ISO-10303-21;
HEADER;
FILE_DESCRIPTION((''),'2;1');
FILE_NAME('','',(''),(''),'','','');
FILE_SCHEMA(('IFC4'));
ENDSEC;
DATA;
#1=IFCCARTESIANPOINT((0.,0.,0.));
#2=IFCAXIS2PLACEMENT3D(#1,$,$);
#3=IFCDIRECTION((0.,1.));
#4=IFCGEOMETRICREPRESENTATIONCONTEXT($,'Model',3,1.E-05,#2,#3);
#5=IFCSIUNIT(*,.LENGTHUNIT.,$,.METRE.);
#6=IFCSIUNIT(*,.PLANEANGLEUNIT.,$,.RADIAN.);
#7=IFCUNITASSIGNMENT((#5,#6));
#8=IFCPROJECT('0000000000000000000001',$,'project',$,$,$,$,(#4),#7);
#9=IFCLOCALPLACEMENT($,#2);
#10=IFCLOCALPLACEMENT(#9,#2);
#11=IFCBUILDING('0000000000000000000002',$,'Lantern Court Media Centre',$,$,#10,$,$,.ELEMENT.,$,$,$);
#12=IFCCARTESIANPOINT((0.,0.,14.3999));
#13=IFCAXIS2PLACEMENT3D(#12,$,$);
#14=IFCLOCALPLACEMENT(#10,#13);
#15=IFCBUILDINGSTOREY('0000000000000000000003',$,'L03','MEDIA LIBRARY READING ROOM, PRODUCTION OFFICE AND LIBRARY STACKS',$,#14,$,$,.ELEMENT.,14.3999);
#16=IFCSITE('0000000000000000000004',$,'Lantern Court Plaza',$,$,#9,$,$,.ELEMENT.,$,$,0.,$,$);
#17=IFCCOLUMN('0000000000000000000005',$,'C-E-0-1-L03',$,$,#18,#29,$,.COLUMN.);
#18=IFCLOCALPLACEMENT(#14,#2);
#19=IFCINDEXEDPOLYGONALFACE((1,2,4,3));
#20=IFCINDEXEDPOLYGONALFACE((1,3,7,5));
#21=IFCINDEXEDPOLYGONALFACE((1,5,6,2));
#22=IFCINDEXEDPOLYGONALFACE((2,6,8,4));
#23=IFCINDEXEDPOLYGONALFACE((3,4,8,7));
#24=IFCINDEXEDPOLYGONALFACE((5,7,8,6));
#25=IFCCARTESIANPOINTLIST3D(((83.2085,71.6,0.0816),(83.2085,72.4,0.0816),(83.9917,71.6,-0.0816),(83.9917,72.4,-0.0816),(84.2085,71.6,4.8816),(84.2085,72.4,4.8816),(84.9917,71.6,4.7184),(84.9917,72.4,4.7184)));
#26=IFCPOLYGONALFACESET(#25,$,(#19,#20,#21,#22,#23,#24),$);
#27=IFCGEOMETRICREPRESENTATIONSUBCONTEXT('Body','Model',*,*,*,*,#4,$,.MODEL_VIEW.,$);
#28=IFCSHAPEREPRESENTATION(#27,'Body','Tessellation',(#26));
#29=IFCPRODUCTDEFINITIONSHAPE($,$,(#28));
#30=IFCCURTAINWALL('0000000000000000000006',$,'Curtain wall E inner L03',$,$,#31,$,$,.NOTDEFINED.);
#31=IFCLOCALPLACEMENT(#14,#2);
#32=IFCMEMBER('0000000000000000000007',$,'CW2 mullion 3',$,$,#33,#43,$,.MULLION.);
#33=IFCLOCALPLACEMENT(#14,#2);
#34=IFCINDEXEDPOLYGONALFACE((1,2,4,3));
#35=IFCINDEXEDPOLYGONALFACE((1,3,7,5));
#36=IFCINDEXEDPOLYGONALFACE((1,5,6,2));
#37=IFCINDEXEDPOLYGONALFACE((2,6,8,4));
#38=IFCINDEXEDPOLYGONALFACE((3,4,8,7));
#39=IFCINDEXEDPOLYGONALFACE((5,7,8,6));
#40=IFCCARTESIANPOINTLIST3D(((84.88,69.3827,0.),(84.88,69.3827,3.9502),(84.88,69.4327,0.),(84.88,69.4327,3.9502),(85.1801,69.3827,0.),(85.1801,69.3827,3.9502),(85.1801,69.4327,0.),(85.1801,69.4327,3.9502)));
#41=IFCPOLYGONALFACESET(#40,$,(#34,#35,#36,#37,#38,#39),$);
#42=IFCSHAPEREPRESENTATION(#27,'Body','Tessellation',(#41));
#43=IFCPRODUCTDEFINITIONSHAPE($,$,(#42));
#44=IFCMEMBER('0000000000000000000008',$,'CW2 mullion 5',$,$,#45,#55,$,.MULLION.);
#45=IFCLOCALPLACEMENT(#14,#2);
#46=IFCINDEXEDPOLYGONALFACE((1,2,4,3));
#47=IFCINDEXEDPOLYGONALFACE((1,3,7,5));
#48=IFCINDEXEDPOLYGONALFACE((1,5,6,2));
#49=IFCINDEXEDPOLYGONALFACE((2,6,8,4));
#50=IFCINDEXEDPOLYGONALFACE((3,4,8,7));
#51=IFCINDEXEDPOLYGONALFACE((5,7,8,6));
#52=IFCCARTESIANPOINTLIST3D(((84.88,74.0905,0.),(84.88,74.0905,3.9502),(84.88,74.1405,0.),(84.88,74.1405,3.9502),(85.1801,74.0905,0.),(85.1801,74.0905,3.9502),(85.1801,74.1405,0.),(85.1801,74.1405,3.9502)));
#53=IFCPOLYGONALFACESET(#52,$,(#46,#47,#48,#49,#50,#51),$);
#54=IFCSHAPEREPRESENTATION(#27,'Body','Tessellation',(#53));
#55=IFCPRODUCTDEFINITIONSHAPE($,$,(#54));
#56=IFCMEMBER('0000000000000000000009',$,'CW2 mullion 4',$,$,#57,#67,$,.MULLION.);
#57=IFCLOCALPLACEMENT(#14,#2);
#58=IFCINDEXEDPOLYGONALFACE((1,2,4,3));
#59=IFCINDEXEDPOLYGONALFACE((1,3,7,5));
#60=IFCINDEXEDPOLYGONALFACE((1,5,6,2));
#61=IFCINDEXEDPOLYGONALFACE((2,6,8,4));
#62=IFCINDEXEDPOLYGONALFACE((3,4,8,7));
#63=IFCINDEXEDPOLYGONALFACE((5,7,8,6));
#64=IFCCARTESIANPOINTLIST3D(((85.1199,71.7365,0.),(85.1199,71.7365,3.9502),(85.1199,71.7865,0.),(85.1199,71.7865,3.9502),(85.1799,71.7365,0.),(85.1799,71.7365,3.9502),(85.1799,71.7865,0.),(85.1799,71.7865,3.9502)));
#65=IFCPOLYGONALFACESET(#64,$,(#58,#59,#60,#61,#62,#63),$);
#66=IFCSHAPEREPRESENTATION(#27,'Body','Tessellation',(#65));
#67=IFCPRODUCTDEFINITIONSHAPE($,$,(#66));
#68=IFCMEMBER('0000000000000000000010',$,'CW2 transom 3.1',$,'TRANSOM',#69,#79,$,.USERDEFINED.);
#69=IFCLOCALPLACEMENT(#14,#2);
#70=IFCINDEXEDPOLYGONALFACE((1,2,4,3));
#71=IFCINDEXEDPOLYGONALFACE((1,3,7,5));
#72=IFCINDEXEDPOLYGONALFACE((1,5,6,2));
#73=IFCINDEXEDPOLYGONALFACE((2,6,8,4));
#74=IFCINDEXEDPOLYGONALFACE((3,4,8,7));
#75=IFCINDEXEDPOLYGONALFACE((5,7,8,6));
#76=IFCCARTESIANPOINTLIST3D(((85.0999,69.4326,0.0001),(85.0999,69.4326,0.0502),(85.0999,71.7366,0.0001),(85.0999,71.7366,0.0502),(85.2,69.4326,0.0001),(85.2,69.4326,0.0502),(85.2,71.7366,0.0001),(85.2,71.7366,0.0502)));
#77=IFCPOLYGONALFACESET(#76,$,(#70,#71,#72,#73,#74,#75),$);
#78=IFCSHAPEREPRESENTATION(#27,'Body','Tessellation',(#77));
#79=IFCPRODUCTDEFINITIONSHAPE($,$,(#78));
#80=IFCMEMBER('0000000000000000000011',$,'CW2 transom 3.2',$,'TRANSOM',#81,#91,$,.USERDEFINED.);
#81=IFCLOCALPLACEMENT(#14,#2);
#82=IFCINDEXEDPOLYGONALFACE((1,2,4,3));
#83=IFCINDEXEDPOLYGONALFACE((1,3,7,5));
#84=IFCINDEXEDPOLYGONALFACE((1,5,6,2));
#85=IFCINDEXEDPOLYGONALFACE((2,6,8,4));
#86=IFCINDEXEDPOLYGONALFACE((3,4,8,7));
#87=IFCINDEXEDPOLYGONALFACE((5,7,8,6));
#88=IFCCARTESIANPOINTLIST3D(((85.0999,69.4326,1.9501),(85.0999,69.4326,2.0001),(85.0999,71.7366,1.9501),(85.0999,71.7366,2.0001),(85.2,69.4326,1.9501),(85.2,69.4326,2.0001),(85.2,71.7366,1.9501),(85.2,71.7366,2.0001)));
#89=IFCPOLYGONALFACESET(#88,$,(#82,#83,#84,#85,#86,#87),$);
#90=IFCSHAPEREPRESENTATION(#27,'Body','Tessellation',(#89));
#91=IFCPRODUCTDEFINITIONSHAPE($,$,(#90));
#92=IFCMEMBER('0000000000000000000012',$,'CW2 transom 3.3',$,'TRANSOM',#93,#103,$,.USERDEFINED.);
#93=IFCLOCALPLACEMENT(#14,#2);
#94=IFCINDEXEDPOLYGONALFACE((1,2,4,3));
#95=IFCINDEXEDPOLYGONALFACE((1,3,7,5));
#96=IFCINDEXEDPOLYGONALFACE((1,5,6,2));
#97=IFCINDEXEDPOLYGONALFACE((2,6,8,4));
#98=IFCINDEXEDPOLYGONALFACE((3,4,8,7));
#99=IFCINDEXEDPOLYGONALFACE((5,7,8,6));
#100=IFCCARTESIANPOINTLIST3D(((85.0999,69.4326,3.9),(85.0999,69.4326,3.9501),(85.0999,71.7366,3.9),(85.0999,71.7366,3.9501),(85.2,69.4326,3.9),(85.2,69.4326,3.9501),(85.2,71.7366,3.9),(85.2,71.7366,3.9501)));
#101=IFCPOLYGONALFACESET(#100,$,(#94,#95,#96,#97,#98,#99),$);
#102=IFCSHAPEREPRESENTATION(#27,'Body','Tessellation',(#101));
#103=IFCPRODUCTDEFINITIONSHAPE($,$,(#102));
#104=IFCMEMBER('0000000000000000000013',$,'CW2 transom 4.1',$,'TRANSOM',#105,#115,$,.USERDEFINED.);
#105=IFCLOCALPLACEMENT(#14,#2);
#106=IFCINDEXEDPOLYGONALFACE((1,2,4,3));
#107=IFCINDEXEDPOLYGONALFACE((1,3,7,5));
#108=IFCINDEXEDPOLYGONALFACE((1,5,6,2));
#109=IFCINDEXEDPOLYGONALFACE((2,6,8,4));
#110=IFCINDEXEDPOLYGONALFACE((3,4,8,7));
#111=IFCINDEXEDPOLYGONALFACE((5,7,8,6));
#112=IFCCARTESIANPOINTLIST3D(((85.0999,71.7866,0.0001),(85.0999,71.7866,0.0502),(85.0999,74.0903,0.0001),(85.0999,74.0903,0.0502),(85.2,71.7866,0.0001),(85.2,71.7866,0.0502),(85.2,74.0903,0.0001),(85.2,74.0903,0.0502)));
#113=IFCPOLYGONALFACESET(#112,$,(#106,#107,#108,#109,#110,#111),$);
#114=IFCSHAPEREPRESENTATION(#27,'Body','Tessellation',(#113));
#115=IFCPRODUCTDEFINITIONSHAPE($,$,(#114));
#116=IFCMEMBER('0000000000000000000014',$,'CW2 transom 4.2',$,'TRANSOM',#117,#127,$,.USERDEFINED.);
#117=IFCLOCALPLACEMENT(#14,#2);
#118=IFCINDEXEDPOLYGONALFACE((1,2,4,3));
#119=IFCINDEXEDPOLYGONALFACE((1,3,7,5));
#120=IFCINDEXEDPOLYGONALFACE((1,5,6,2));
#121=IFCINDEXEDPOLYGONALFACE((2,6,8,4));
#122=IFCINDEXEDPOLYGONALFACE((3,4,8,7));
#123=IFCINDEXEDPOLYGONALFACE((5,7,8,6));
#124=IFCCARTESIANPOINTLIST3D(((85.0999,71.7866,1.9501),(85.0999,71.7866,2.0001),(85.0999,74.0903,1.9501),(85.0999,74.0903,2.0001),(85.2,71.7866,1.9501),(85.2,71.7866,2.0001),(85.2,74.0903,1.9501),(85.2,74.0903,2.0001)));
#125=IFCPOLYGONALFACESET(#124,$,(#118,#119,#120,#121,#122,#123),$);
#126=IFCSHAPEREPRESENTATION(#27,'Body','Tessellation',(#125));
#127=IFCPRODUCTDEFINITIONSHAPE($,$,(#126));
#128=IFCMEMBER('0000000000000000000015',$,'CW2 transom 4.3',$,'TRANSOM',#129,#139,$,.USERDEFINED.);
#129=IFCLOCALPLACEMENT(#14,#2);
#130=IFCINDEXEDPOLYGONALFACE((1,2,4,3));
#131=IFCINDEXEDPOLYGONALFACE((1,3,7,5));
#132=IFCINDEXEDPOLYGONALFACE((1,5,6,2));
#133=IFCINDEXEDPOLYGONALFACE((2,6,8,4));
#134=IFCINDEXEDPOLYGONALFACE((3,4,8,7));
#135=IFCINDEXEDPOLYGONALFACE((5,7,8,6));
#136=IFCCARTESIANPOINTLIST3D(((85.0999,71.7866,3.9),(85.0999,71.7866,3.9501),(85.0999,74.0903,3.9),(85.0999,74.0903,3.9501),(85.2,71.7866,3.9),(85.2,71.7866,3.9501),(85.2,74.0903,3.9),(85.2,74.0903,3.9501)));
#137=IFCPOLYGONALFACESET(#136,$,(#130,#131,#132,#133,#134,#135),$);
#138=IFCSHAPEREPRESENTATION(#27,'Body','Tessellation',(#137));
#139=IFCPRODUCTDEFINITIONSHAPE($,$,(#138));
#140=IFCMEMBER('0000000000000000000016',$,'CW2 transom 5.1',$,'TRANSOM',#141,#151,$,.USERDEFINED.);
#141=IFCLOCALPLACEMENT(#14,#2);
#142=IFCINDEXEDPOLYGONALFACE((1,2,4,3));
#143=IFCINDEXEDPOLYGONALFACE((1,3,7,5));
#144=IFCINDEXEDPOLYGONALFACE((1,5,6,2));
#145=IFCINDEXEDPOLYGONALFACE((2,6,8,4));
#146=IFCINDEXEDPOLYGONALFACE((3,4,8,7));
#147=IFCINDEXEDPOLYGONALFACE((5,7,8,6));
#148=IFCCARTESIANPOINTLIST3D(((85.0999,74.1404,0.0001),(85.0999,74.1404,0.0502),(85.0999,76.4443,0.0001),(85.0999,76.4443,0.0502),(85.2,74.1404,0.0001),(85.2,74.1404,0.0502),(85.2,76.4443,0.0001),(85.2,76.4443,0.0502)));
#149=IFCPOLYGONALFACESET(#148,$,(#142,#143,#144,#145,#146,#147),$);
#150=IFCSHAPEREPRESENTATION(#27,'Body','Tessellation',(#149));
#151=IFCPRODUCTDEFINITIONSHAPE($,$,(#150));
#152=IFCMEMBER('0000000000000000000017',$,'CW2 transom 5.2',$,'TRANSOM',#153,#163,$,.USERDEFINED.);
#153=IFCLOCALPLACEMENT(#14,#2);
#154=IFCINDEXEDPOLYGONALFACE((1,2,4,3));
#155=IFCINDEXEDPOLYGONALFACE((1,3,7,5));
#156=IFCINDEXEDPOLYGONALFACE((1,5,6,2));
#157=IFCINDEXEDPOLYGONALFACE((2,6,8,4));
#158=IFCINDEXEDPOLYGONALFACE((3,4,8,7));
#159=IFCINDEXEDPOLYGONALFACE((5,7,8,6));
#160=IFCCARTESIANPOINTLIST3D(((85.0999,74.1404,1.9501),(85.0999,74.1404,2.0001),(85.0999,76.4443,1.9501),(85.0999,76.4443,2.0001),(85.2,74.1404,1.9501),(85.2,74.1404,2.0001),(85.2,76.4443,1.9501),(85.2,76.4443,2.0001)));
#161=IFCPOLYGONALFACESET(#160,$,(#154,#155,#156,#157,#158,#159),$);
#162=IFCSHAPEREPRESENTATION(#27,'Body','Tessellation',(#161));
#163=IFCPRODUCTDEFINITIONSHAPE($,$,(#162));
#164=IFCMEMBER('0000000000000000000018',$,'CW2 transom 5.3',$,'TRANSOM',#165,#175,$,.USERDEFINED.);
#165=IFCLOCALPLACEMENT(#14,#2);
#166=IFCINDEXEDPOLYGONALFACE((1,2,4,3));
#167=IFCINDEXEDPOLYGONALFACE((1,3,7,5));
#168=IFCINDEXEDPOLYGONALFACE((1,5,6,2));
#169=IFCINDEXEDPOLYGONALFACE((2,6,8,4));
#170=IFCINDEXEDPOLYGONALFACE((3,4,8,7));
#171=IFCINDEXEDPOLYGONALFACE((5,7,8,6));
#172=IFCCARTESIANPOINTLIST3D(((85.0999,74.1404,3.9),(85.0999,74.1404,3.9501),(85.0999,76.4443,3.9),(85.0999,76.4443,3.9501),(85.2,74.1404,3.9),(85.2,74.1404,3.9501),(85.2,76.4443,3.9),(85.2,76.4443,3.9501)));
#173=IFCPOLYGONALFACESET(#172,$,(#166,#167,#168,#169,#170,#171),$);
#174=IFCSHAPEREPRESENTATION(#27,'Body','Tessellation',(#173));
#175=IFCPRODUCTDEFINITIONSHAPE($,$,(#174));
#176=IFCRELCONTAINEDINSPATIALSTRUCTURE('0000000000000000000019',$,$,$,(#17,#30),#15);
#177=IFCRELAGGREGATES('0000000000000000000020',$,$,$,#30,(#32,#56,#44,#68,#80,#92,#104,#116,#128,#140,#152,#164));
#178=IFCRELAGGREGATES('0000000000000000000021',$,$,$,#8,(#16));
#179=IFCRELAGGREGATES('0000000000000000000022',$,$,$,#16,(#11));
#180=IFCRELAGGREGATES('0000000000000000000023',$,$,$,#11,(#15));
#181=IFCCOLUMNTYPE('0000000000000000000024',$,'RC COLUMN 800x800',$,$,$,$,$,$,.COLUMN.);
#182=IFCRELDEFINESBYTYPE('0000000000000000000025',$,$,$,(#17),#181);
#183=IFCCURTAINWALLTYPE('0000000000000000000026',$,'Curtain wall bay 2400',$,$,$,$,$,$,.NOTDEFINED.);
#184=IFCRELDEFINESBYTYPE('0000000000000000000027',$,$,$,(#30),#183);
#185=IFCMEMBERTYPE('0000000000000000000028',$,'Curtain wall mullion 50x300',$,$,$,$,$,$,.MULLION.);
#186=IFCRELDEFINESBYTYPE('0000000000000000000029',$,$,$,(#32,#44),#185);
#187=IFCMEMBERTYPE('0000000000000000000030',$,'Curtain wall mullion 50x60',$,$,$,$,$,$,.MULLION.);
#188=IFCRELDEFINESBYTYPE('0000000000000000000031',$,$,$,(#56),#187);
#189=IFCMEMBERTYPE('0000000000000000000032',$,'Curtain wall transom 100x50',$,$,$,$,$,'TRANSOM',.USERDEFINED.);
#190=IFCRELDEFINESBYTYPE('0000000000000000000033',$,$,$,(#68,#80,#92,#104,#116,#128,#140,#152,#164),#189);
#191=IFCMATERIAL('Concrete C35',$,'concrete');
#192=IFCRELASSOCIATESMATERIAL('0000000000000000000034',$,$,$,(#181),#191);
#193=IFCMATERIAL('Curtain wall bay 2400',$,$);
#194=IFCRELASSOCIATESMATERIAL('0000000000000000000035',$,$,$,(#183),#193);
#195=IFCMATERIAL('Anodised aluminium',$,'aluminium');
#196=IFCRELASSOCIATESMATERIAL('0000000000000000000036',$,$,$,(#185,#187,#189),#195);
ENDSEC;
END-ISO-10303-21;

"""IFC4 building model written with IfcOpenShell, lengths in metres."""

from ifc_helpers import new_model, si_unit, direction, frame, origin, origin_2d, place, context, subcontext, project, spatial, rectangle, extrude, material, material_profile, profile_set, type_object, element, aggregate, save


model = new_model("IFC4")

# Units and contexts
model_context = context("Model", 3, precision=1e-05, world=origin(), true_north=direction((0.0, 1.0)))
body_context = subcontext(model_context, "Body", "Model", "MODEL_VIEW")
ifc_project = project(units=[si_unit("LENGTHUNIT", "METRE"), si_unit("PLANEANGLEUNIT", "RADIAN")], contexts=[model_context])

# Site, building, storey
site_placement = place(None, origin())
site = spatial("IfcSite", under=ifc_project, at=site_placement, Name="Lantern Court Plaza", CompositionType="ELEMENT", RefElevation=0.0)
building_placement = place(site_placement, origin())
building = spatial("IfcBuilding", under=site, at=building_placement, Name="Lantern Court Media Centre", CompositionType="ELEMENT")
storey_placement = place(building_placement, frame((0.0, 0.0, 14.3999)))
storey = spatial("IfcBuildingStorey", under=building, at=storey_placement, Name="L03", Description="MEDIA LIBRARY READING ROOM, PRODUCTION OFFICE AND LIBRARY STACKS", CompositionType="ELEMENT", Elevation=14.3999)

# Column
ifc_material_1 = material(Name="Concrete C35", Category="concrete")
ifc_material_profile_1 = material_profile(ifc_material_1, rectangle(XDim=0.8, YDim=0.8, at=origin_2d()), Name="RC 800x800")
ifc_profile_set_1 = profile_set([ifc_material_profile_1], Name="Concrete C35")
column_type = type_object("IfcColumnType", Name="RC COLUMN 800x800", PredefinedType="COLUMN", material=ifc_profile_set_1)
column_placement = place(storey_placement, frame((83.6001, 72.0, 0.0), z_axis=(0.203952, 0.0, 0.978981), x_axis=(0.0, 1.0, 0.0)))
element("IfcColumn", 1, at=column_placement, inside=storey, type_object=column_type, Name="C-E-0-1-L03", PredefinedType="COLUMN", context=body_context, shape_type="SweptSolid", body=[
    extrude(rectangle(XDim=0.8, YDim=0.8, at=origin_2d()), origin(), (0.0, 0.0, 1.0), 4.9031),
])

# Curtain wall, members
ifc_material_2 = material(Name="Curtain wall bay 2400")
curtain_wall_type = type_object("IfcCurtainWallType", Name="Curtain wall bay 2400", PredefinedType="NOTDEFINED", material=ifc_material_2)
curtain_wall_placement = place(storey_placement, origin())
curtain_wall = element("IfcCurtainWall", 2, at=curtain_wall_placement, inside=storey, type_object=curtain_wall_type, Name="Curtain wall E inner L03", PredefinedType="NOTDEFINED")
ifc_material_3 = material(Name="Anodised aluminium", Category="aluminium")
ifc_material_profile_2 = material_profile(ifc_material_3, rectangle(XDim=0.3, YDim=0.05, at=origin_2d()), Name="AL 50x300")
ifc_profile_set_2 = profile_set([ifc_material_profile_2], Name="Anodised aluminium")
member_type_1 = type_object("IfcMemberType", Name="Curtain wall mullion 50x300", PredefinedType="MULLION", material=ifc_profile_set_2)
member_1_placement = place(storey_placement, frame((85.03, 69.4077, 0.0), z_axis=(0.0, 0.0, 1.0), x_axis=(-1.0, 0.0, 0.0)))
member_1 = element("IfcMember", 3, at=member_1_placement, type_object=member_type_1, Name="CW2 mullion 3", PredefinedType="MULLION", context=body_context, shape_type="SweptSolid", body=[
    extrude(rectangle(XDim=0.3, YDim=0.05, at=origin_2d()), origin(), (0.0, 0.0, 1.0), 3.9502),
])
member_2_placement = place(storey_placement, frame((85.03, 74.1155, 0.0), z_axis=(0.0, 0.0, 1.0), x_axis=(-1.0, 0.0, 0.0)))
member_2 = element("IfcMember", 4, at=member_2_placement, type_object=member_type_1, Name="CW2 mullion 5", PredefinedType="MULLION", context=body_context, shape_type="SweptSolid", body=[
    extrude(rectangle(XDim=0.3, YDim=0.05, at=origin_2d()), origin(), (0.0, 0.0, 1.0), 3.9502),
])
ifc_material_profile_3 = material_profile(ifc_material_3, rectangle(XDim=0.0601, YDim=0.05, at=origin_2d()), Name="AL 50x60")
ifc_profile_set_3 = profile_set([ifc_material_profile_3], Name="Anodised aluminium")
member_type_2 = type_object("IfcMemberType", Name="Curtain wall mullion 50x60", PredefinedType="MULLION", material=ifc_profile_set_3)
member_3_placement = place(storey_placement, frame((85.1499, 71.7615, 0.0), z_axis=(0.0, 0.0, 1.0), x_axis=(-1.0, 0.0, 0.0)))
member_3 = element("IfcMember", 5, at=member_3_placement, type_object=member_type_2, Name="CW2 mullion 4", PredefinedType="MULLION", context=body_context, shape_type="SweptSolid", body=[
    extrude(rectangle(XDim=0.0601, YDim=0.05, at=origin_2d()), origin(), (0.0, 0.0, 1.0), 3.9502),
])
ifc_material_profile_4 = material_profile(ifc_material_3, rectangle(XDim=0.1001, YDim=0.05, at=origin_2d()), Name="AL 50x100")
ifc_profile_set_4 = profile_set([ifc_material_profile_4], Name="Anodised aluminium")
member_type_3 = type_object("IfcMemberType", Name="Curtain wall transom 100x50", ElementType="TRANSOM", PredefinedType="USERDEFINED", material=ifc_profile_set_4)
member_4_placement = place(storey_placement, frame((85.1499, 69.4326, 0.0251), z_axis=(0.0, 1.0, 0.0), x_axis=(-1.0, 0.0, 0.0)))
member_4 = element("IfcMember", 6, at=member_4_placement, type_object=member_type_3, Name="CW2 transom 3.1", ObjectType="TRANSOM", PredefinedType="USERDEFINED", context=body_context, shape_type="SweptSolid", body=[
    extrude(rectangle(XDim=0.1001, YDim=0.05, at=origin_2d()), origin(), (0.0, 0.0, 1.0), 2.304),
])
member_5_placement = place(storey_placement, frame((85.1499, 69.4326, 1.9751), z_axis=(0.0, 1.0, 0.0), x_axis=(-1.0, 0.0, 0.0)))
member_5 = element("IfcMember", 7, at=member_5_placement, type_object=member_type_3, Name="CW2 transom 3.2", ObjectType="TRANSOM", PredefinedType="USERDEFINED", context=body_context, shape_type="SweptSolid", body=[
    extrude(rectangle(XDim=0.1001, YDim=0.05, at=origin_2d()), origin(), (0.0, 0.0, 1.0), 2.304),
])
member_6_placement = place(storey_placement, frame((85.1499, 69.4326, 3.925), z_axis=(0.0, 1.0, 0.0), x_axis=(-1.0, 0.0, 0.0)))
member_6 = element("IfcMember", 8, at=member_6_placement, type_object=member_type_3, Name="CW2 transom 3.3", ObjectType="TRANSOM", PredefinedType="USERDEFINED", context=body_context, shape_type="SweptSolid", body=[
    extrude(rectangle(XDim=0.1001, YDim=0.05, at=origin_2d()), origin(), (0.0, 0.0, 1.0), 2.304),
])
member_7_placement = place(storey_placement, frame((85.1499, 71.7866, 0.0251), z_axis=(0.0, 1.0, 0.0), x_axis=(-1.0, 0.0, 0.0)))
member_7 = element("IfcMember", 9, at=member_7_placement, type_object=member_type_3, Name="CW2 transom 4.1", ObjectType="TRANSOM", PredefinedType="USERDEFINED", context=body_context, shape_type="SweptSolid", body=[
    extrude(rectangle(XDim=0.1001, YDim=0.05, at=origin_2d()), origin(), (0.0, 0.0, 1.0), 2.3037),
])
member_8_placement = place(storey_placement, frame((85.1499, 71.7866, 1.9751), z_axis=(0.0, 1.0, 0.0), x_axis=(-1.0, 0.0, 0.0)))
member_8 = element("IfcMember", 10, at=member_8_placement, type_object=member_type_3, Name="CW2 transom 4.2", ObjectType="TRANSOM", PredefinedType="USERDEFINED", context=body_context, shape_type="SweptSolid", body=[
    extrude(rectangle(XDim=0.1001, YDim=0.05, at=origin_2d()), origin(), (0.0, 0.0, 1.0), 2.3037),
])
member_9_placement = place(storey_placement, frame((85.1499, 71.7866, 3.925), z_axis=(0.0, 1.0, 0.0), x_axis=(-1.0, 0.0, 0.0)))
member_9 = element("IfcMember", 11, at=member_9_placement, type_object=member_type_3, Name="CW2 transom 4.3", ObjectType="TRANSOM", PredefinedType="USERDEFINED", context=body_context, shape_type="SweptSolid", body=[
    extrude(rectangle(XDim=0.1001, YDim=0.05, at=origin_2d()), origin(), (0.0, 0.0, 1.0), 2.3037),
])
member_10_placement = place(storey_placement, frame((85.1499, 74.1404, 0.0251), z_axis=(0.0, 1.0, 0.0), x_axis=(-1.0, 0.0, 0.0)))
member_10 = element("IfcMember", 12, at=member_10_placement, type_object=member_type_3, Name="CW2 transom 5.1", ObjectType="TRANSOM", PredefinedType="USERDEFINED", context=body_context, shape_type="SweptSolid", body=[
    extrude(rectangle(XDim=0.1001, YDim=0.05, at=origin_2d()), origin(), (0.0, 0.0, 1.0), 2.304),
])
member_11_placement = place(storey_placement, frame((85.1499, 74.1404, 1.9751), z_axis=(0.0, 1.0, 0.0), x_axis=(-1.0, 0.0, 0.0)))
member_11 = element("IfcMember", 13, at=member_11_placement, type_object=member_type_3, Name="CW2 transom 5.2", ObjectType="TRANSOM", PredefinedType="USERDEFINED", context=body_context, shape_type="SweptSolid", body=[
    extrude(rectangle(XDim=0.1001, YDim=0.05, at=origin_2d()), origin(), (0.0, 0.0, 1.0), 2.304),
])
member_12_placement = place(storey_placement, frame((85.1499, 74.1404, 3.925), z_axis=(0.0, 1.0, 0.0), x_axis=(-1.0, 0.0, 0.0)))
member_12 = element("IfcMember", 14, at=member_12_placement, type_object=member_type_3, Name="CW2 transom 5.3", ObjectType="TRANSOM", PredefinedType="USERDEFINED", context=body_context, shape_type="SweptSolid", body=[
    extrude(rectangle(XDim=0.1001, YDim=0.05, at=origin_2d()), origin(), (0.0, 0.0, 1.0), 2.304),
])

aggregate(curtain_wall, [member_1, member_3, member_2, member_4, member_5, member_6, member_7, member_8, member_9, member_10, member_11, member_12])

save(model, "model.ifc")
